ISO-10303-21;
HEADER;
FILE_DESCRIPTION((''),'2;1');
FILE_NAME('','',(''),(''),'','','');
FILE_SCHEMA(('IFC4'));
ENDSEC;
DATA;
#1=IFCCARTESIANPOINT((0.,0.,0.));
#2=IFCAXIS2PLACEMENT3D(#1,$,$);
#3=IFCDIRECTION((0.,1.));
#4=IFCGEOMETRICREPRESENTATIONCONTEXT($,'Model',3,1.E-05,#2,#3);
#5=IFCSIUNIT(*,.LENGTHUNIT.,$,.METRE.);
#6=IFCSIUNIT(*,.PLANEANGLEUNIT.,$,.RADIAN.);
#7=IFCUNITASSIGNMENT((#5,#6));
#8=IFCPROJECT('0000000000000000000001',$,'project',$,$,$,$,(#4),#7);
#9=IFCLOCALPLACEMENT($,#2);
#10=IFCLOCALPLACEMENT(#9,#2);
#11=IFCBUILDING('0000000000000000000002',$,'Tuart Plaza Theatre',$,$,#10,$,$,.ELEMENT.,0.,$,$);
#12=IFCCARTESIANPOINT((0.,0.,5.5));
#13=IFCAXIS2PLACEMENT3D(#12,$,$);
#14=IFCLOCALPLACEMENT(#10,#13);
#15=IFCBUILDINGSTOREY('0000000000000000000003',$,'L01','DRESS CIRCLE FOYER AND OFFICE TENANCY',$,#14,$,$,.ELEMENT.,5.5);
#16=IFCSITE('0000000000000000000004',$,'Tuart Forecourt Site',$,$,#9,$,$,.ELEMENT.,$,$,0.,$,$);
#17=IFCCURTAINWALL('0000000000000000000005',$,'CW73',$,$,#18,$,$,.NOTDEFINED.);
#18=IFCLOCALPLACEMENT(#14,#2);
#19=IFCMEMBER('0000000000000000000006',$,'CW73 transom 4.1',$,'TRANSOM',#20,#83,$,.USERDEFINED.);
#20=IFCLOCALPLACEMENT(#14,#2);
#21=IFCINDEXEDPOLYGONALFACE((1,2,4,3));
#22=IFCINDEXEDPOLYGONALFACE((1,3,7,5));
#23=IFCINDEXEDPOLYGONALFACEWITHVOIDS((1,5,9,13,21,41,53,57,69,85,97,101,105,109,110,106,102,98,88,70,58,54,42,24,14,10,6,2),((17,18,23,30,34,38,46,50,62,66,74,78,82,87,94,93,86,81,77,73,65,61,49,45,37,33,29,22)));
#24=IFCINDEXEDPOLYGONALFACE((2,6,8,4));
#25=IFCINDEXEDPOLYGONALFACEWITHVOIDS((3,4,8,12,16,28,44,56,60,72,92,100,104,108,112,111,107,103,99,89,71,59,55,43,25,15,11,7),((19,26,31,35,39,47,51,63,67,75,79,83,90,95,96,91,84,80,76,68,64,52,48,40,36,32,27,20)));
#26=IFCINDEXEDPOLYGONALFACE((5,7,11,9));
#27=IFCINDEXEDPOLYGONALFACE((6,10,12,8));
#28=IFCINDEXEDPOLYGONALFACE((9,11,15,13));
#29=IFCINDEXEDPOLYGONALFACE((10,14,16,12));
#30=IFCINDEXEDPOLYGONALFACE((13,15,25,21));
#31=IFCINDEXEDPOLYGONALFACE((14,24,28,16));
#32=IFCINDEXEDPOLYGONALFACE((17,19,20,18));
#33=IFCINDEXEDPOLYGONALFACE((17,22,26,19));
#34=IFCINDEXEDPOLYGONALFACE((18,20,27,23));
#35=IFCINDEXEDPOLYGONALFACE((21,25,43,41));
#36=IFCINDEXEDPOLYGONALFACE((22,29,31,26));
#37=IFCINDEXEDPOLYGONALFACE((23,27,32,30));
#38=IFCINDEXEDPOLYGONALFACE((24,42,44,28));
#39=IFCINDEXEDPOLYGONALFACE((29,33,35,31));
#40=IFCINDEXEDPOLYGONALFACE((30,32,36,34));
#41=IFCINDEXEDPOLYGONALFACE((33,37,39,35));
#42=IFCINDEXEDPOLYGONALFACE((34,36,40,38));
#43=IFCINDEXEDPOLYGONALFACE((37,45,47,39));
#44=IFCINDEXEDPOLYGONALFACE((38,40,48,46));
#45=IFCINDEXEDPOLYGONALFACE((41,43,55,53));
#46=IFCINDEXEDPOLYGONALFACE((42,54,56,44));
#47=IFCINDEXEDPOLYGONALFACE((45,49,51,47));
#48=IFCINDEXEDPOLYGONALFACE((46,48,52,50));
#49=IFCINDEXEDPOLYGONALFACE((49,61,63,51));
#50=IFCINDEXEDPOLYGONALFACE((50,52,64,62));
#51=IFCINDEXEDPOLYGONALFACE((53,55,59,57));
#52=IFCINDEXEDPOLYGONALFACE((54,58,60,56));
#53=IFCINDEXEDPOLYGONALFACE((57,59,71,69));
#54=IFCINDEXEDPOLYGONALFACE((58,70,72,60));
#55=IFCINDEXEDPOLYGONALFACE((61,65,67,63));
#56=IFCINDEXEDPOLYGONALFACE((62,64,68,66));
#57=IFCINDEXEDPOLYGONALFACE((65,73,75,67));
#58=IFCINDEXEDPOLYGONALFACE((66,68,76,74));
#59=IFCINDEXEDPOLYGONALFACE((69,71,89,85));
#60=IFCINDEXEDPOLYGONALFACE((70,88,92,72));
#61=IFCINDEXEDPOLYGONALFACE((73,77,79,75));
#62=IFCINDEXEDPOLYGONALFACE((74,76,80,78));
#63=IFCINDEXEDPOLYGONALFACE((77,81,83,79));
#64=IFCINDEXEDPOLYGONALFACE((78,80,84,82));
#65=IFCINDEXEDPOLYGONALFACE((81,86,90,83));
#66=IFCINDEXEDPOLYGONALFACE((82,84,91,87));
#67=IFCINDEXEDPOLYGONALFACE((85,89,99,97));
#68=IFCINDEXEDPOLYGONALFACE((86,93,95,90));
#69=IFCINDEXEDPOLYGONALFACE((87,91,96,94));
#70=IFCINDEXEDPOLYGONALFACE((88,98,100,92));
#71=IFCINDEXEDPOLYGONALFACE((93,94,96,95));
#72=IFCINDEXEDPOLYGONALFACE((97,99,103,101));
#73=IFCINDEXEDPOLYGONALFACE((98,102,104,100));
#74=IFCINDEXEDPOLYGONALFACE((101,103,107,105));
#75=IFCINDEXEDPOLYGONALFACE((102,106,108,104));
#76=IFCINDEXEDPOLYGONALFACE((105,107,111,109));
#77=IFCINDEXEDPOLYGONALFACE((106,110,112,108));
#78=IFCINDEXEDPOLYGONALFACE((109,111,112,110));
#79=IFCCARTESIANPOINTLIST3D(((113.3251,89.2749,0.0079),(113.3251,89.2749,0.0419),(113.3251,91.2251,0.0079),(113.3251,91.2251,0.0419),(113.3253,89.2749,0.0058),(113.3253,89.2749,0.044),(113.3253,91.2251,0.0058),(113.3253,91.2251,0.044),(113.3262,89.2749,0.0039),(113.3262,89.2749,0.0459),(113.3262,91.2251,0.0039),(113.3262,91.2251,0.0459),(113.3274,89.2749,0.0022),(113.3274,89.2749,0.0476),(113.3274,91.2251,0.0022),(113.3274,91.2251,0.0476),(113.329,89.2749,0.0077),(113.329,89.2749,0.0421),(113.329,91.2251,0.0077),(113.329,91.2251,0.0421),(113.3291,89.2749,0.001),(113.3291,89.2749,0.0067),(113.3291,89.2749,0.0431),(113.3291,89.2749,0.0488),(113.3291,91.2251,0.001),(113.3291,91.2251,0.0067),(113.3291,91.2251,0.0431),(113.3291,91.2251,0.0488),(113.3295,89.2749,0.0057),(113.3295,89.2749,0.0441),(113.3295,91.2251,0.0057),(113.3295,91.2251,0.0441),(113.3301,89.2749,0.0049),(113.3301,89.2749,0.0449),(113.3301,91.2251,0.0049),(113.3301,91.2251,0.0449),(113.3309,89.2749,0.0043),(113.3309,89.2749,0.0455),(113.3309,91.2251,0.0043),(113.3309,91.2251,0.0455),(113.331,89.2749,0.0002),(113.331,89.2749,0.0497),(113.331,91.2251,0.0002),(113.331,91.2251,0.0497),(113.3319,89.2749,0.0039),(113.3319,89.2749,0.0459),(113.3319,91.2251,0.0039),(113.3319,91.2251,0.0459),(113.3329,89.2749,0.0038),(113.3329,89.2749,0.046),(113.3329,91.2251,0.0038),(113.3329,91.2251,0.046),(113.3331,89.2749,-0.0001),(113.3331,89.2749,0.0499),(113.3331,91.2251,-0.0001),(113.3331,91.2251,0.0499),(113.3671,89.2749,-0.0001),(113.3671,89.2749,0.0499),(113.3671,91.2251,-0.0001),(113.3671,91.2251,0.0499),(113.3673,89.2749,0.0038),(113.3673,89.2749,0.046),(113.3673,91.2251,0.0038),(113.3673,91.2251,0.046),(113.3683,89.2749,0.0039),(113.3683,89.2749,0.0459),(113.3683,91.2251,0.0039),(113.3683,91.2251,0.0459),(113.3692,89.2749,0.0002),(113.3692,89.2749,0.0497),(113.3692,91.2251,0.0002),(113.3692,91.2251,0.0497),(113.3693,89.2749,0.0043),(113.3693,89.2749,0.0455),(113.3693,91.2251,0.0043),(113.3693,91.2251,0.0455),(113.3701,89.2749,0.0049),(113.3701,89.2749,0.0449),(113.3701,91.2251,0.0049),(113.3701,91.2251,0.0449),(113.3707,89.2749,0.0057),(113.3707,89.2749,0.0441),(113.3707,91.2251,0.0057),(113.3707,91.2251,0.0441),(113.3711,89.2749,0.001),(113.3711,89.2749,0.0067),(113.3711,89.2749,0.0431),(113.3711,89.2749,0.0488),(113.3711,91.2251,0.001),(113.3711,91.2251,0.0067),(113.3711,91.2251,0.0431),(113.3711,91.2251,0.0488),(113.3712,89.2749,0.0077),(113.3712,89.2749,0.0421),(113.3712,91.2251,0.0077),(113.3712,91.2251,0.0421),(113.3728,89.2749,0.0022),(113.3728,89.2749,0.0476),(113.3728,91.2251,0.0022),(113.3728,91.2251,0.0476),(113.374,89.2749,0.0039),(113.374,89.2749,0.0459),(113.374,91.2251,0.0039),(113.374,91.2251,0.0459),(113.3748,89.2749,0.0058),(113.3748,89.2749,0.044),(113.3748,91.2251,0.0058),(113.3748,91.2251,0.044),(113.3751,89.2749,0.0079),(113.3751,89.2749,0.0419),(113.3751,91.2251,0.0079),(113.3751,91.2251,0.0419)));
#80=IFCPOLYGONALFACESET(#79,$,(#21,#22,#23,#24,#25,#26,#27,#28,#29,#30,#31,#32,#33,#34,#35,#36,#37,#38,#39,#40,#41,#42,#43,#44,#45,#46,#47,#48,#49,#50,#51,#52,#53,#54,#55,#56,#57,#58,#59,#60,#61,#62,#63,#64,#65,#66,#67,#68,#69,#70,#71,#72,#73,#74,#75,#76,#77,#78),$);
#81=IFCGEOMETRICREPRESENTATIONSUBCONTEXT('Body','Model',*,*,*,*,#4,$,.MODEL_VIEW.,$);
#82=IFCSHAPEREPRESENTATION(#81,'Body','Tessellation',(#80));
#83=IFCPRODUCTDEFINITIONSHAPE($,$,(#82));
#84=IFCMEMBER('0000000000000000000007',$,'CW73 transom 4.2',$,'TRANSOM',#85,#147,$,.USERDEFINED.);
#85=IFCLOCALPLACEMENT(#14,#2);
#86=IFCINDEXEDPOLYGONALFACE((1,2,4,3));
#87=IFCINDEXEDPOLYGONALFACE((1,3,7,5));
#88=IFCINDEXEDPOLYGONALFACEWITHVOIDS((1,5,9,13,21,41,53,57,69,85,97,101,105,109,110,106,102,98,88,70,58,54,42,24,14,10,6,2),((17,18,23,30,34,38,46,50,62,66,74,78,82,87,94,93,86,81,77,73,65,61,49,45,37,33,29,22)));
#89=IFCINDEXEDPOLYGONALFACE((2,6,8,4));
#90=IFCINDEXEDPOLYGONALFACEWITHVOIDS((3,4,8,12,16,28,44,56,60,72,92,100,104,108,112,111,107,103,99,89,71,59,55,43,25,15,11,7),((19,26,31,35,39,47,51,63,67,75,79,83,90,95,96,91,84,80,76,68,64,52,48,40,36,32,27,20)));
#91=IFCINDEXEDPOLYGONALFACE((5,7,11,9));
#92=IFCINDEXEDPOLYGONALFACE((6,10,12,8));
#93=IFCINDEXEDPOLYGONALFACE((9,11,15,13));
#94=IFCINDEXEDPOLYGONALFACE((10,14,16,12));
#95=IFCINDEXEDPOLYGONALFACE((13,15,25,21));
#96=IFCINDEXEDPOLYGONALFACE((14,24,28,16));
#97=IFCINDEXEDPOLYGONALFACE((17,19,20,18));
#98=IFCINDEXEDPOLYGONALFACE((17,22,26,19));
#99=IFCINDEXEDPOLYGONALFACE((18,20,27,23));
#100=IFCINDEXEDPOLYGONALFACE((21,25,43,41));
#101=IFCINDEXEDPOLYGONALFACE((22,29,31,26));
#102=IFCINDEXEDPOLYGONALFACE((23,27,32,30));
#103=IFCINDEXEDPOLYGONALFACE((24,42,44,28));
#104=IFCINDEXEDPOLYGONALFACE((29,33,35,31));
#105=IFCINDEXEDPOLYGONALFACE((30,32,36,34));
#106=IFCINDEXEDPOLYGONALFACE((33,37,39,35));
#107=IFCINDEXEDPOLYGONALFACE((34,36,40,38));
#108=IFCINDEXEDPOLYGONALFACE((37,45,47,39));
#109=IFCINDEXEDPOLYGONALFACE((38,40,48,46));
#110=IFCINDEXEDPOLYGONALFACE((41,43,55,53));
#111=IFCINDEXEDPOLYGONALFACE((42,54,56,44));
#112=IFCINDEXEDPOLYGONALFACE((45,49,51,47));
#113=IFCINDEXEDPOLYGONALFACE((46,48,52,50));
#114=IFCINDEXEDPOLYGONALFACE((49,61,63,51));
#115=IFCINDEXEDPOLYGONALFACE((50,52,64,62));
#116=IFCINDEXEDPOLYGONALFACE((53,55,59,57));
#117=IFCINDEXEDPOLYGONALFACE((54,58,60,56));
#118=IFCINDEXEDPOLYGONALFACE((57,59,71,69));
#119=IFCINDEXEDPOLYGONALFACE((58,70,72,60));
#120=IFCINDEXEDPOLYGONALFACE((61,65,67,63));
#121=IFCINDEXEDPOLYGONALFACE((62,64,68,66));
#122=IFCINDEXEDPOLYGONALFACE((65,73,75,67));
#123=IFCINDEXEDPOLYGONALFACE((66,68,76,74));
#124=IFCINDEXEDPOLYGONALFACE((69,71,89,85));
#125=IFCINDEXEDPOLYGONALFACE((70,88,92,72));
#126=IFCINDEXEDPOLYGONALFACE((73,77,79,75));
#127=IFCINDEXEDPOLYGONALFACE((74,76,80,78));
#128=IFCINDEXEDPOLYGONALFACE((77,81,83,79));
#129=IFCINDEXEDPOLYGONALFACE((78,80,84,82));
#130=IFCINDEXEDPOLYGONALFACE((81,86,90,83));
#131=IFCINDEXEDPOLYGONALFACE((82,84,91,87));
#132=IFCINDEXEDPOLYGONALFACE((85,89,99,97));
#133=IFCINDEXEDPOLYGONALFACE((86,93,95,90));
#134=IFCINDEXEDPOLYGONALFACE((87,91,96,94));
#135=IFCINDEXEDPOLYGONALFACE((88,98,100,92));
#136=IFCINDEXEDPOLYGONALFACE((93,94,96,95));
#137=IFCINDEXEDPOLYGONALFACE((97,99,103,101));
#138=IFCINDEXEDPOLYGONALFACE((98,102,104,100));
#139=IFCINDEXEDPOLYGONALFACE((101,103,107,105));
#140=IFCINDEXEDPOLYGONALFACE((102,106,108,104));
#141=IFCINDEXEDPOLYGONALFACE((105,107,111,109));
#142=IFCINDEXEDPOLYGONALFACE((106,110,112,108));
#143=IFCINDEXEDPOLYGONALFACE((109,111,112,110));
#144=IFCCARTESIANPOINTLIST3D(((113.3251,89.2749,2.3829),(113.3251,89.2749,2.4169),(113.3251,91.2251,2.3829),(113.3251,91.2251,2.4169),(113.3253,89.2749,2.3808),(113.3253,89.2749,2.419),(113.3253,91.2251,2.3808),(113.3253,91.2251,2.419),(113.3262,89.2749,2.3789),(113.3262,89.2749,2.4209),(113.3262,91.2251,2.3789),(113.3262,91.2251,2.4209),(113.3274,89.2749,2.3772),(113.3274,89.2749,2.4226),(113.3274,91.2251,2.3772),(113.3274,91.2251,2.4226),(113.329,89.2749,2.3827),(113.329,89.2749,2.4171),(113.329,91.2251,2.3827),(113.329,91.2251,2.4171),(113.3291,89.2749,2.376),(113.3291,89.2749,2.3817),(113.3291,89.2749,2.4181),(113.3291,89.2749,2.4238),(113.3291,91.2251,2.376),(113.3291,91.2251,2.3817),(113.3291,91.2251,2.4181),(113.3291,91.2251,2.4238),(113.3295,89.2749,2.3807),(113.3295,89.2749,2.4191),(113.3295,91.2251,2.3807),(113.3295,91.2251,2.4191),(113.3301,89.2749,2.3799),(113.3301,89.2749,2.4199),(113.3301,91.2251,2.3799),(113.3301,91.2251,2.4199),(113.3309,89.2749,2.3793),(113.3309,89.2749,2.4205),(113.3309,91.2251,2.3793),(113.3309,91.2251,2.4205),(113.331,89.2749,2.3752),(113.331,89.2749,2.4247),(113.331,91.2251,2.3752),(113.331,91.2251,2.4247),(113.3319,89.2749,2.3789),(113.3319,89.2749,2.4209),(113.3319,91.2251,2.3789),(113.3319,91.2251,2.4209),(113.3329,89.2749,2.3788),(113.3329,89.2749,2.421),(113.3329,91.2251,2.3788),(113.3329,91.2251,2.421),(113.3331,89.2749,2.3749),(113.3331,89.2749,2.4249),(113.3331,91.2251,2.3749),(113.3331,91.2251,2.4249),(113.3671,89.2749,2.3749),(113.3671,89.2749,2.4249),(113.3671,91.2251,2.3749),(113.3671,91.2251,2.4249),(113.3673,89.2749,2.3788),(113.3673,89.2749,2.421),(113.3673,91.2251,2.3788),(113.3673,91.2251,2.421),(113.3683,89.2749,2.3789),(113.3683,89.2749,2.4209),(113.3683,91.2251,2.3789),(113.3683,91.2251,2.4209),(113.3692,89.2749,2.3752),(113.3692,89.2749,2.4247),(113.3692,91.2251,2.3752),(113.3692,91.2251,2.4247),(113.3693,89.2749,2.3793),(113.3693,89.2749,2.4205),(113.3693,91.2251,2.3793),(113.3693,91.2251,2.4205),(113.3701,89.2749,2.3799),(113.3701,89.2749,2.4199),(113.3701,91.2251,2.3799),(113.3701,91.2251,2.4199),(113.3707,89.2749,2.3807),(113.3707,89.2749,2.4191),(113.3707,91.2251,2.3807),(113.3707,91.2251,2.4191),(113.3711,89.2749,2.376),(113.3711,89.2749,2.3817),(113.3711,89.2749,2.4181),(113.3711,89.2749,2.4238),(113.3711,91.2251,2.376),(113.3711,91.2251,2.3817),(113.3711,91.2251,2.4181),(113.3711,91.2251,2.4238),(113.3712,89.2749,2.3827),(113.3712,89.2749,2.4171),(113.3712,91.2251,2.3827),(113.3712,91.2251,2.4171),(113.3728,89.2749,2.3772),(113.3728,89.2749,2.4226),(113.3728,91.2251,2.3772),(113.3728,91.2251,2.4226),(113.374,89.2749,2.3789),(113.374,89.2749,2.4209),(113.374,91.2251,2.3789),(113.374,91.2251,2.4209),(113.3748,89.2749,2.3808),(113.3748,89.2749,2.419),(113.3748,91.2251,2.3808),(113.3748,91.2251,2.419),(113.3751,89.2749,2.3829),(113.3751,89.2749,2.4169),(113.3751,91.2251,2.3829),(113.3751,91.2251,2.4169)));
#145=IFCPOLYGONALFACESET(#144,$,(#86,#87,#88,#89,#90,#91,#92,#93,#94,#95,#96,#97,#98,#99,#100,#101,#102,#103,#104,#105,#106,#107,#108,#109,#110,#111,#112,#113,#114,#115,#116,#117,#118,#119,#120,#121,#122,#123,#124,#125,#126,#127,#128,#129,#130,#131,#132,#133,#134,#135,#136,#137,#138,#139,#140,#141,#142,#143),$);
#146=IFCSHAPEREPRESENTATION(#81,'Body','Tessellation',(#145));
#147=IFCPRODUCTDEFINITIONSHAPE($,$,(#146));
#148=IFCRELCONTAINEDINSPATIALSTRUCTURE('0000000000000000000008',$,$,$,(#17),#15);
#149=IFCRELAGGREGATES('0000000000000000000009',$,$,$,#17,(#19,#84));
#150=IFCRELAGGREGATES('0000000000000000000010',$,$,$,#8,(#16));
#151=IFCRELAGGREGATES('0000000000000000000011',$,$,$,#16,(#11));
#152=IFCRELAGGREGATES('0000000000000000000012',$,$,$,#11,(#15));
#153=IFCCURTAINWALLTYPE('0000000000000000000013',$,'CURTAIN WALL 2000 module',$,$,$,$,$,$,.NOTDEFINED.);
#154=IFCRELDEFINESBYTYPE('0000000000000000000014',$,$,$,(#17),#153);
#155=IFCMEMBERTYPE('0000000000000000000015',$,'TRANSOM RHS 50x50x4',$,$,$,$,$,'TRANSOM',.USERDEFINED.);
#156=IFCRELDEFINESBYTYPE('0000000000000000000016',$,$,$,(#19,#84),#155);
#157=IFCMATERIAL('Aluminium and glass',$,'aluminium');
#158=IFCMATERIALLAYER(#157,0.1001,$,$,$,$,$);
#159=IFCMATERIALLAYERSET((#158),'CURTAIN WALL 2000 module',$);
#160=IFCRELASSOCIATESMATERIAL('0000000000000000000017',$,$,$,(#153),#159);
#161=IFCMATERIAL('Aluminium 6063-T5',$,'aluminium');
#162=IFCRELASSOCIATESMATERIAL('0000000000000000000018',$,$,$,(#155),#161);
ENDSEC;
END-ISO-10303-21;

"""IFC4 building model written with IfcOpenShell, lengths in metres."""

from ifc_helpers import new_model, si_unit, direction, frame, origin, origin_2d, place, context, subcontext, project, spatial, hollow_rectangle, extrude, material, layer, layer_set, material_profile, profile_set, type_object, element, aggregate, save


model = new_model("IFC4")

# Units and contexts
model_context = context("Model", 3, precision=1e-05, world=origin(), true_north=direction((0.0, 1.0)))
body_context = subcontext(model_context, "Body", "Model", "MODEL_VIEW")
ifc_project = project(units=[si_unit("LENGTHUNIT", "METRE"), si_unit("PLANEANGLEUNIT", "RADIAN")], contexts=[model_context])

# Site, building, storey
site_placement = place(None, origin())
site = spatial("IfcSite", under=ifc_project, at=site_placement, Name="Tuart Forecourt Site", CompositionType="ELEMENT", RefElevation=0.0)
building_placement = place(site_placement, origin())
building = spatial("IfcBuilding", under=site, at=building_placement, Name="Tuart Plaza Theatre", CompositionType="ELEMENT", ElevationOfRefHeight=0.0)
storey_placement = place(building_placement, frame((0.0, 0.0, 5.5)))
storey = spatial("IfcBuildingStorey", under=building, at=storey_placement, Name="L01", Description="DRESS CIRCLE FOYER AND OFFICE TENANCY", CompositionType="ELEMENT", Elevation=5.5)

# Curtain wall, members
ifc_material_1 = material(Name="Aluminium and glass", Category="aluminium")
ifc_layer_1 = layer(ifc_material_1, 0.1001)
ifc_layer_set_1 = layer_set([ifc_layer_1], Name="CURTAIN WALL 2000 module")
curtain_wall_type = type_object("IfcCurtainWallType", Name="CURTAIN WALL 2000 module", PredefinedType="NOTDEFINED", material=ifc_layer_set_1)
curtain_wall_placement = place(storey_placement, origin())
curtain_wall = element("IfcCurtainWall", 1, at=curtain_wall_placement, inside=storey, type_object=curtain_wall_type, Name="CW73", PredefinedType="NOTDEFINED")
ifc_material_2 = material(Name="Aluminium 6063-T5", Category="aluminium")
ifc_material_profile_1 = material_profile(ifc_material_2, hollow_rectangle(XDim=0.05, YDim=0.05, WallThickness=0.0039, InnerFilletRadius=0.0039, OuterFilletRadius=0.0081, at=origin_2d()), Name="RHS 50x50x4")
ifc_profile_set_1 = profile_set([ifc_material_profile_1], Name="Aluminium 6063-T5")
member_type_1 = type_object("IfcMemberType", Name="TRANSOM RHS 50x50x4", ElementType="TRANSOM", PredefinedType="USERDEFINED", material=ifc_profile_set_1)
member_1_placement = place(storey_placement, frame((113.3501, 91.2251, 0.0249), z_axis=(0.0, -1.0, 0.0), x_axis=(1.0, 0.0, 0.0)))
member_1 = element("IfcMember", 2, at=member_1_placement, type_object=member_type_1, Name="CW73 transom 4.1", ObjectType="TRANSOM", PredefinedType="USERDEFINED", context=body_context, shape_type="SweptSolid", body=[
    extrude(hollow_rectangle(XDim=0.05, YDim=0.05, WallThickness=0.0039, InnerFilletRadius=0.0039, OuterFilletRadius=0.0081, at=origin_2d()), origin(), (0.0, 0.0, 1.0), 1.9502),
])
member_2_placement = place(storey_placement, frame((113.3501, 91.2251, 2.3999), z_axis=(0.0, -1.0, 0.0), x_axis=(1.0, 0.0, 0.0)))
member_2 = element("IfcMember", 3, at=member_2_placement, type_object=member_type_1, Name="CW73 transom 4.2", ObjectType="TRANSOM", PredefinedType="USERDEFINED", context=body_context, shape_type="SweptSolid", body=[
    extrude(hollow_rectangle(XDim=0.05, YDim=0.05, WallThickness=0.0039, InnerFilletRadius=0.0039, OuterFilletRadius=0.0081, at=origin_2d()), origin(), (0.0, 0.0, 1.0), 1.9502),
])
aggregate(curtain_wall, [member_1, member_2])

save(model, "model.ifc")
